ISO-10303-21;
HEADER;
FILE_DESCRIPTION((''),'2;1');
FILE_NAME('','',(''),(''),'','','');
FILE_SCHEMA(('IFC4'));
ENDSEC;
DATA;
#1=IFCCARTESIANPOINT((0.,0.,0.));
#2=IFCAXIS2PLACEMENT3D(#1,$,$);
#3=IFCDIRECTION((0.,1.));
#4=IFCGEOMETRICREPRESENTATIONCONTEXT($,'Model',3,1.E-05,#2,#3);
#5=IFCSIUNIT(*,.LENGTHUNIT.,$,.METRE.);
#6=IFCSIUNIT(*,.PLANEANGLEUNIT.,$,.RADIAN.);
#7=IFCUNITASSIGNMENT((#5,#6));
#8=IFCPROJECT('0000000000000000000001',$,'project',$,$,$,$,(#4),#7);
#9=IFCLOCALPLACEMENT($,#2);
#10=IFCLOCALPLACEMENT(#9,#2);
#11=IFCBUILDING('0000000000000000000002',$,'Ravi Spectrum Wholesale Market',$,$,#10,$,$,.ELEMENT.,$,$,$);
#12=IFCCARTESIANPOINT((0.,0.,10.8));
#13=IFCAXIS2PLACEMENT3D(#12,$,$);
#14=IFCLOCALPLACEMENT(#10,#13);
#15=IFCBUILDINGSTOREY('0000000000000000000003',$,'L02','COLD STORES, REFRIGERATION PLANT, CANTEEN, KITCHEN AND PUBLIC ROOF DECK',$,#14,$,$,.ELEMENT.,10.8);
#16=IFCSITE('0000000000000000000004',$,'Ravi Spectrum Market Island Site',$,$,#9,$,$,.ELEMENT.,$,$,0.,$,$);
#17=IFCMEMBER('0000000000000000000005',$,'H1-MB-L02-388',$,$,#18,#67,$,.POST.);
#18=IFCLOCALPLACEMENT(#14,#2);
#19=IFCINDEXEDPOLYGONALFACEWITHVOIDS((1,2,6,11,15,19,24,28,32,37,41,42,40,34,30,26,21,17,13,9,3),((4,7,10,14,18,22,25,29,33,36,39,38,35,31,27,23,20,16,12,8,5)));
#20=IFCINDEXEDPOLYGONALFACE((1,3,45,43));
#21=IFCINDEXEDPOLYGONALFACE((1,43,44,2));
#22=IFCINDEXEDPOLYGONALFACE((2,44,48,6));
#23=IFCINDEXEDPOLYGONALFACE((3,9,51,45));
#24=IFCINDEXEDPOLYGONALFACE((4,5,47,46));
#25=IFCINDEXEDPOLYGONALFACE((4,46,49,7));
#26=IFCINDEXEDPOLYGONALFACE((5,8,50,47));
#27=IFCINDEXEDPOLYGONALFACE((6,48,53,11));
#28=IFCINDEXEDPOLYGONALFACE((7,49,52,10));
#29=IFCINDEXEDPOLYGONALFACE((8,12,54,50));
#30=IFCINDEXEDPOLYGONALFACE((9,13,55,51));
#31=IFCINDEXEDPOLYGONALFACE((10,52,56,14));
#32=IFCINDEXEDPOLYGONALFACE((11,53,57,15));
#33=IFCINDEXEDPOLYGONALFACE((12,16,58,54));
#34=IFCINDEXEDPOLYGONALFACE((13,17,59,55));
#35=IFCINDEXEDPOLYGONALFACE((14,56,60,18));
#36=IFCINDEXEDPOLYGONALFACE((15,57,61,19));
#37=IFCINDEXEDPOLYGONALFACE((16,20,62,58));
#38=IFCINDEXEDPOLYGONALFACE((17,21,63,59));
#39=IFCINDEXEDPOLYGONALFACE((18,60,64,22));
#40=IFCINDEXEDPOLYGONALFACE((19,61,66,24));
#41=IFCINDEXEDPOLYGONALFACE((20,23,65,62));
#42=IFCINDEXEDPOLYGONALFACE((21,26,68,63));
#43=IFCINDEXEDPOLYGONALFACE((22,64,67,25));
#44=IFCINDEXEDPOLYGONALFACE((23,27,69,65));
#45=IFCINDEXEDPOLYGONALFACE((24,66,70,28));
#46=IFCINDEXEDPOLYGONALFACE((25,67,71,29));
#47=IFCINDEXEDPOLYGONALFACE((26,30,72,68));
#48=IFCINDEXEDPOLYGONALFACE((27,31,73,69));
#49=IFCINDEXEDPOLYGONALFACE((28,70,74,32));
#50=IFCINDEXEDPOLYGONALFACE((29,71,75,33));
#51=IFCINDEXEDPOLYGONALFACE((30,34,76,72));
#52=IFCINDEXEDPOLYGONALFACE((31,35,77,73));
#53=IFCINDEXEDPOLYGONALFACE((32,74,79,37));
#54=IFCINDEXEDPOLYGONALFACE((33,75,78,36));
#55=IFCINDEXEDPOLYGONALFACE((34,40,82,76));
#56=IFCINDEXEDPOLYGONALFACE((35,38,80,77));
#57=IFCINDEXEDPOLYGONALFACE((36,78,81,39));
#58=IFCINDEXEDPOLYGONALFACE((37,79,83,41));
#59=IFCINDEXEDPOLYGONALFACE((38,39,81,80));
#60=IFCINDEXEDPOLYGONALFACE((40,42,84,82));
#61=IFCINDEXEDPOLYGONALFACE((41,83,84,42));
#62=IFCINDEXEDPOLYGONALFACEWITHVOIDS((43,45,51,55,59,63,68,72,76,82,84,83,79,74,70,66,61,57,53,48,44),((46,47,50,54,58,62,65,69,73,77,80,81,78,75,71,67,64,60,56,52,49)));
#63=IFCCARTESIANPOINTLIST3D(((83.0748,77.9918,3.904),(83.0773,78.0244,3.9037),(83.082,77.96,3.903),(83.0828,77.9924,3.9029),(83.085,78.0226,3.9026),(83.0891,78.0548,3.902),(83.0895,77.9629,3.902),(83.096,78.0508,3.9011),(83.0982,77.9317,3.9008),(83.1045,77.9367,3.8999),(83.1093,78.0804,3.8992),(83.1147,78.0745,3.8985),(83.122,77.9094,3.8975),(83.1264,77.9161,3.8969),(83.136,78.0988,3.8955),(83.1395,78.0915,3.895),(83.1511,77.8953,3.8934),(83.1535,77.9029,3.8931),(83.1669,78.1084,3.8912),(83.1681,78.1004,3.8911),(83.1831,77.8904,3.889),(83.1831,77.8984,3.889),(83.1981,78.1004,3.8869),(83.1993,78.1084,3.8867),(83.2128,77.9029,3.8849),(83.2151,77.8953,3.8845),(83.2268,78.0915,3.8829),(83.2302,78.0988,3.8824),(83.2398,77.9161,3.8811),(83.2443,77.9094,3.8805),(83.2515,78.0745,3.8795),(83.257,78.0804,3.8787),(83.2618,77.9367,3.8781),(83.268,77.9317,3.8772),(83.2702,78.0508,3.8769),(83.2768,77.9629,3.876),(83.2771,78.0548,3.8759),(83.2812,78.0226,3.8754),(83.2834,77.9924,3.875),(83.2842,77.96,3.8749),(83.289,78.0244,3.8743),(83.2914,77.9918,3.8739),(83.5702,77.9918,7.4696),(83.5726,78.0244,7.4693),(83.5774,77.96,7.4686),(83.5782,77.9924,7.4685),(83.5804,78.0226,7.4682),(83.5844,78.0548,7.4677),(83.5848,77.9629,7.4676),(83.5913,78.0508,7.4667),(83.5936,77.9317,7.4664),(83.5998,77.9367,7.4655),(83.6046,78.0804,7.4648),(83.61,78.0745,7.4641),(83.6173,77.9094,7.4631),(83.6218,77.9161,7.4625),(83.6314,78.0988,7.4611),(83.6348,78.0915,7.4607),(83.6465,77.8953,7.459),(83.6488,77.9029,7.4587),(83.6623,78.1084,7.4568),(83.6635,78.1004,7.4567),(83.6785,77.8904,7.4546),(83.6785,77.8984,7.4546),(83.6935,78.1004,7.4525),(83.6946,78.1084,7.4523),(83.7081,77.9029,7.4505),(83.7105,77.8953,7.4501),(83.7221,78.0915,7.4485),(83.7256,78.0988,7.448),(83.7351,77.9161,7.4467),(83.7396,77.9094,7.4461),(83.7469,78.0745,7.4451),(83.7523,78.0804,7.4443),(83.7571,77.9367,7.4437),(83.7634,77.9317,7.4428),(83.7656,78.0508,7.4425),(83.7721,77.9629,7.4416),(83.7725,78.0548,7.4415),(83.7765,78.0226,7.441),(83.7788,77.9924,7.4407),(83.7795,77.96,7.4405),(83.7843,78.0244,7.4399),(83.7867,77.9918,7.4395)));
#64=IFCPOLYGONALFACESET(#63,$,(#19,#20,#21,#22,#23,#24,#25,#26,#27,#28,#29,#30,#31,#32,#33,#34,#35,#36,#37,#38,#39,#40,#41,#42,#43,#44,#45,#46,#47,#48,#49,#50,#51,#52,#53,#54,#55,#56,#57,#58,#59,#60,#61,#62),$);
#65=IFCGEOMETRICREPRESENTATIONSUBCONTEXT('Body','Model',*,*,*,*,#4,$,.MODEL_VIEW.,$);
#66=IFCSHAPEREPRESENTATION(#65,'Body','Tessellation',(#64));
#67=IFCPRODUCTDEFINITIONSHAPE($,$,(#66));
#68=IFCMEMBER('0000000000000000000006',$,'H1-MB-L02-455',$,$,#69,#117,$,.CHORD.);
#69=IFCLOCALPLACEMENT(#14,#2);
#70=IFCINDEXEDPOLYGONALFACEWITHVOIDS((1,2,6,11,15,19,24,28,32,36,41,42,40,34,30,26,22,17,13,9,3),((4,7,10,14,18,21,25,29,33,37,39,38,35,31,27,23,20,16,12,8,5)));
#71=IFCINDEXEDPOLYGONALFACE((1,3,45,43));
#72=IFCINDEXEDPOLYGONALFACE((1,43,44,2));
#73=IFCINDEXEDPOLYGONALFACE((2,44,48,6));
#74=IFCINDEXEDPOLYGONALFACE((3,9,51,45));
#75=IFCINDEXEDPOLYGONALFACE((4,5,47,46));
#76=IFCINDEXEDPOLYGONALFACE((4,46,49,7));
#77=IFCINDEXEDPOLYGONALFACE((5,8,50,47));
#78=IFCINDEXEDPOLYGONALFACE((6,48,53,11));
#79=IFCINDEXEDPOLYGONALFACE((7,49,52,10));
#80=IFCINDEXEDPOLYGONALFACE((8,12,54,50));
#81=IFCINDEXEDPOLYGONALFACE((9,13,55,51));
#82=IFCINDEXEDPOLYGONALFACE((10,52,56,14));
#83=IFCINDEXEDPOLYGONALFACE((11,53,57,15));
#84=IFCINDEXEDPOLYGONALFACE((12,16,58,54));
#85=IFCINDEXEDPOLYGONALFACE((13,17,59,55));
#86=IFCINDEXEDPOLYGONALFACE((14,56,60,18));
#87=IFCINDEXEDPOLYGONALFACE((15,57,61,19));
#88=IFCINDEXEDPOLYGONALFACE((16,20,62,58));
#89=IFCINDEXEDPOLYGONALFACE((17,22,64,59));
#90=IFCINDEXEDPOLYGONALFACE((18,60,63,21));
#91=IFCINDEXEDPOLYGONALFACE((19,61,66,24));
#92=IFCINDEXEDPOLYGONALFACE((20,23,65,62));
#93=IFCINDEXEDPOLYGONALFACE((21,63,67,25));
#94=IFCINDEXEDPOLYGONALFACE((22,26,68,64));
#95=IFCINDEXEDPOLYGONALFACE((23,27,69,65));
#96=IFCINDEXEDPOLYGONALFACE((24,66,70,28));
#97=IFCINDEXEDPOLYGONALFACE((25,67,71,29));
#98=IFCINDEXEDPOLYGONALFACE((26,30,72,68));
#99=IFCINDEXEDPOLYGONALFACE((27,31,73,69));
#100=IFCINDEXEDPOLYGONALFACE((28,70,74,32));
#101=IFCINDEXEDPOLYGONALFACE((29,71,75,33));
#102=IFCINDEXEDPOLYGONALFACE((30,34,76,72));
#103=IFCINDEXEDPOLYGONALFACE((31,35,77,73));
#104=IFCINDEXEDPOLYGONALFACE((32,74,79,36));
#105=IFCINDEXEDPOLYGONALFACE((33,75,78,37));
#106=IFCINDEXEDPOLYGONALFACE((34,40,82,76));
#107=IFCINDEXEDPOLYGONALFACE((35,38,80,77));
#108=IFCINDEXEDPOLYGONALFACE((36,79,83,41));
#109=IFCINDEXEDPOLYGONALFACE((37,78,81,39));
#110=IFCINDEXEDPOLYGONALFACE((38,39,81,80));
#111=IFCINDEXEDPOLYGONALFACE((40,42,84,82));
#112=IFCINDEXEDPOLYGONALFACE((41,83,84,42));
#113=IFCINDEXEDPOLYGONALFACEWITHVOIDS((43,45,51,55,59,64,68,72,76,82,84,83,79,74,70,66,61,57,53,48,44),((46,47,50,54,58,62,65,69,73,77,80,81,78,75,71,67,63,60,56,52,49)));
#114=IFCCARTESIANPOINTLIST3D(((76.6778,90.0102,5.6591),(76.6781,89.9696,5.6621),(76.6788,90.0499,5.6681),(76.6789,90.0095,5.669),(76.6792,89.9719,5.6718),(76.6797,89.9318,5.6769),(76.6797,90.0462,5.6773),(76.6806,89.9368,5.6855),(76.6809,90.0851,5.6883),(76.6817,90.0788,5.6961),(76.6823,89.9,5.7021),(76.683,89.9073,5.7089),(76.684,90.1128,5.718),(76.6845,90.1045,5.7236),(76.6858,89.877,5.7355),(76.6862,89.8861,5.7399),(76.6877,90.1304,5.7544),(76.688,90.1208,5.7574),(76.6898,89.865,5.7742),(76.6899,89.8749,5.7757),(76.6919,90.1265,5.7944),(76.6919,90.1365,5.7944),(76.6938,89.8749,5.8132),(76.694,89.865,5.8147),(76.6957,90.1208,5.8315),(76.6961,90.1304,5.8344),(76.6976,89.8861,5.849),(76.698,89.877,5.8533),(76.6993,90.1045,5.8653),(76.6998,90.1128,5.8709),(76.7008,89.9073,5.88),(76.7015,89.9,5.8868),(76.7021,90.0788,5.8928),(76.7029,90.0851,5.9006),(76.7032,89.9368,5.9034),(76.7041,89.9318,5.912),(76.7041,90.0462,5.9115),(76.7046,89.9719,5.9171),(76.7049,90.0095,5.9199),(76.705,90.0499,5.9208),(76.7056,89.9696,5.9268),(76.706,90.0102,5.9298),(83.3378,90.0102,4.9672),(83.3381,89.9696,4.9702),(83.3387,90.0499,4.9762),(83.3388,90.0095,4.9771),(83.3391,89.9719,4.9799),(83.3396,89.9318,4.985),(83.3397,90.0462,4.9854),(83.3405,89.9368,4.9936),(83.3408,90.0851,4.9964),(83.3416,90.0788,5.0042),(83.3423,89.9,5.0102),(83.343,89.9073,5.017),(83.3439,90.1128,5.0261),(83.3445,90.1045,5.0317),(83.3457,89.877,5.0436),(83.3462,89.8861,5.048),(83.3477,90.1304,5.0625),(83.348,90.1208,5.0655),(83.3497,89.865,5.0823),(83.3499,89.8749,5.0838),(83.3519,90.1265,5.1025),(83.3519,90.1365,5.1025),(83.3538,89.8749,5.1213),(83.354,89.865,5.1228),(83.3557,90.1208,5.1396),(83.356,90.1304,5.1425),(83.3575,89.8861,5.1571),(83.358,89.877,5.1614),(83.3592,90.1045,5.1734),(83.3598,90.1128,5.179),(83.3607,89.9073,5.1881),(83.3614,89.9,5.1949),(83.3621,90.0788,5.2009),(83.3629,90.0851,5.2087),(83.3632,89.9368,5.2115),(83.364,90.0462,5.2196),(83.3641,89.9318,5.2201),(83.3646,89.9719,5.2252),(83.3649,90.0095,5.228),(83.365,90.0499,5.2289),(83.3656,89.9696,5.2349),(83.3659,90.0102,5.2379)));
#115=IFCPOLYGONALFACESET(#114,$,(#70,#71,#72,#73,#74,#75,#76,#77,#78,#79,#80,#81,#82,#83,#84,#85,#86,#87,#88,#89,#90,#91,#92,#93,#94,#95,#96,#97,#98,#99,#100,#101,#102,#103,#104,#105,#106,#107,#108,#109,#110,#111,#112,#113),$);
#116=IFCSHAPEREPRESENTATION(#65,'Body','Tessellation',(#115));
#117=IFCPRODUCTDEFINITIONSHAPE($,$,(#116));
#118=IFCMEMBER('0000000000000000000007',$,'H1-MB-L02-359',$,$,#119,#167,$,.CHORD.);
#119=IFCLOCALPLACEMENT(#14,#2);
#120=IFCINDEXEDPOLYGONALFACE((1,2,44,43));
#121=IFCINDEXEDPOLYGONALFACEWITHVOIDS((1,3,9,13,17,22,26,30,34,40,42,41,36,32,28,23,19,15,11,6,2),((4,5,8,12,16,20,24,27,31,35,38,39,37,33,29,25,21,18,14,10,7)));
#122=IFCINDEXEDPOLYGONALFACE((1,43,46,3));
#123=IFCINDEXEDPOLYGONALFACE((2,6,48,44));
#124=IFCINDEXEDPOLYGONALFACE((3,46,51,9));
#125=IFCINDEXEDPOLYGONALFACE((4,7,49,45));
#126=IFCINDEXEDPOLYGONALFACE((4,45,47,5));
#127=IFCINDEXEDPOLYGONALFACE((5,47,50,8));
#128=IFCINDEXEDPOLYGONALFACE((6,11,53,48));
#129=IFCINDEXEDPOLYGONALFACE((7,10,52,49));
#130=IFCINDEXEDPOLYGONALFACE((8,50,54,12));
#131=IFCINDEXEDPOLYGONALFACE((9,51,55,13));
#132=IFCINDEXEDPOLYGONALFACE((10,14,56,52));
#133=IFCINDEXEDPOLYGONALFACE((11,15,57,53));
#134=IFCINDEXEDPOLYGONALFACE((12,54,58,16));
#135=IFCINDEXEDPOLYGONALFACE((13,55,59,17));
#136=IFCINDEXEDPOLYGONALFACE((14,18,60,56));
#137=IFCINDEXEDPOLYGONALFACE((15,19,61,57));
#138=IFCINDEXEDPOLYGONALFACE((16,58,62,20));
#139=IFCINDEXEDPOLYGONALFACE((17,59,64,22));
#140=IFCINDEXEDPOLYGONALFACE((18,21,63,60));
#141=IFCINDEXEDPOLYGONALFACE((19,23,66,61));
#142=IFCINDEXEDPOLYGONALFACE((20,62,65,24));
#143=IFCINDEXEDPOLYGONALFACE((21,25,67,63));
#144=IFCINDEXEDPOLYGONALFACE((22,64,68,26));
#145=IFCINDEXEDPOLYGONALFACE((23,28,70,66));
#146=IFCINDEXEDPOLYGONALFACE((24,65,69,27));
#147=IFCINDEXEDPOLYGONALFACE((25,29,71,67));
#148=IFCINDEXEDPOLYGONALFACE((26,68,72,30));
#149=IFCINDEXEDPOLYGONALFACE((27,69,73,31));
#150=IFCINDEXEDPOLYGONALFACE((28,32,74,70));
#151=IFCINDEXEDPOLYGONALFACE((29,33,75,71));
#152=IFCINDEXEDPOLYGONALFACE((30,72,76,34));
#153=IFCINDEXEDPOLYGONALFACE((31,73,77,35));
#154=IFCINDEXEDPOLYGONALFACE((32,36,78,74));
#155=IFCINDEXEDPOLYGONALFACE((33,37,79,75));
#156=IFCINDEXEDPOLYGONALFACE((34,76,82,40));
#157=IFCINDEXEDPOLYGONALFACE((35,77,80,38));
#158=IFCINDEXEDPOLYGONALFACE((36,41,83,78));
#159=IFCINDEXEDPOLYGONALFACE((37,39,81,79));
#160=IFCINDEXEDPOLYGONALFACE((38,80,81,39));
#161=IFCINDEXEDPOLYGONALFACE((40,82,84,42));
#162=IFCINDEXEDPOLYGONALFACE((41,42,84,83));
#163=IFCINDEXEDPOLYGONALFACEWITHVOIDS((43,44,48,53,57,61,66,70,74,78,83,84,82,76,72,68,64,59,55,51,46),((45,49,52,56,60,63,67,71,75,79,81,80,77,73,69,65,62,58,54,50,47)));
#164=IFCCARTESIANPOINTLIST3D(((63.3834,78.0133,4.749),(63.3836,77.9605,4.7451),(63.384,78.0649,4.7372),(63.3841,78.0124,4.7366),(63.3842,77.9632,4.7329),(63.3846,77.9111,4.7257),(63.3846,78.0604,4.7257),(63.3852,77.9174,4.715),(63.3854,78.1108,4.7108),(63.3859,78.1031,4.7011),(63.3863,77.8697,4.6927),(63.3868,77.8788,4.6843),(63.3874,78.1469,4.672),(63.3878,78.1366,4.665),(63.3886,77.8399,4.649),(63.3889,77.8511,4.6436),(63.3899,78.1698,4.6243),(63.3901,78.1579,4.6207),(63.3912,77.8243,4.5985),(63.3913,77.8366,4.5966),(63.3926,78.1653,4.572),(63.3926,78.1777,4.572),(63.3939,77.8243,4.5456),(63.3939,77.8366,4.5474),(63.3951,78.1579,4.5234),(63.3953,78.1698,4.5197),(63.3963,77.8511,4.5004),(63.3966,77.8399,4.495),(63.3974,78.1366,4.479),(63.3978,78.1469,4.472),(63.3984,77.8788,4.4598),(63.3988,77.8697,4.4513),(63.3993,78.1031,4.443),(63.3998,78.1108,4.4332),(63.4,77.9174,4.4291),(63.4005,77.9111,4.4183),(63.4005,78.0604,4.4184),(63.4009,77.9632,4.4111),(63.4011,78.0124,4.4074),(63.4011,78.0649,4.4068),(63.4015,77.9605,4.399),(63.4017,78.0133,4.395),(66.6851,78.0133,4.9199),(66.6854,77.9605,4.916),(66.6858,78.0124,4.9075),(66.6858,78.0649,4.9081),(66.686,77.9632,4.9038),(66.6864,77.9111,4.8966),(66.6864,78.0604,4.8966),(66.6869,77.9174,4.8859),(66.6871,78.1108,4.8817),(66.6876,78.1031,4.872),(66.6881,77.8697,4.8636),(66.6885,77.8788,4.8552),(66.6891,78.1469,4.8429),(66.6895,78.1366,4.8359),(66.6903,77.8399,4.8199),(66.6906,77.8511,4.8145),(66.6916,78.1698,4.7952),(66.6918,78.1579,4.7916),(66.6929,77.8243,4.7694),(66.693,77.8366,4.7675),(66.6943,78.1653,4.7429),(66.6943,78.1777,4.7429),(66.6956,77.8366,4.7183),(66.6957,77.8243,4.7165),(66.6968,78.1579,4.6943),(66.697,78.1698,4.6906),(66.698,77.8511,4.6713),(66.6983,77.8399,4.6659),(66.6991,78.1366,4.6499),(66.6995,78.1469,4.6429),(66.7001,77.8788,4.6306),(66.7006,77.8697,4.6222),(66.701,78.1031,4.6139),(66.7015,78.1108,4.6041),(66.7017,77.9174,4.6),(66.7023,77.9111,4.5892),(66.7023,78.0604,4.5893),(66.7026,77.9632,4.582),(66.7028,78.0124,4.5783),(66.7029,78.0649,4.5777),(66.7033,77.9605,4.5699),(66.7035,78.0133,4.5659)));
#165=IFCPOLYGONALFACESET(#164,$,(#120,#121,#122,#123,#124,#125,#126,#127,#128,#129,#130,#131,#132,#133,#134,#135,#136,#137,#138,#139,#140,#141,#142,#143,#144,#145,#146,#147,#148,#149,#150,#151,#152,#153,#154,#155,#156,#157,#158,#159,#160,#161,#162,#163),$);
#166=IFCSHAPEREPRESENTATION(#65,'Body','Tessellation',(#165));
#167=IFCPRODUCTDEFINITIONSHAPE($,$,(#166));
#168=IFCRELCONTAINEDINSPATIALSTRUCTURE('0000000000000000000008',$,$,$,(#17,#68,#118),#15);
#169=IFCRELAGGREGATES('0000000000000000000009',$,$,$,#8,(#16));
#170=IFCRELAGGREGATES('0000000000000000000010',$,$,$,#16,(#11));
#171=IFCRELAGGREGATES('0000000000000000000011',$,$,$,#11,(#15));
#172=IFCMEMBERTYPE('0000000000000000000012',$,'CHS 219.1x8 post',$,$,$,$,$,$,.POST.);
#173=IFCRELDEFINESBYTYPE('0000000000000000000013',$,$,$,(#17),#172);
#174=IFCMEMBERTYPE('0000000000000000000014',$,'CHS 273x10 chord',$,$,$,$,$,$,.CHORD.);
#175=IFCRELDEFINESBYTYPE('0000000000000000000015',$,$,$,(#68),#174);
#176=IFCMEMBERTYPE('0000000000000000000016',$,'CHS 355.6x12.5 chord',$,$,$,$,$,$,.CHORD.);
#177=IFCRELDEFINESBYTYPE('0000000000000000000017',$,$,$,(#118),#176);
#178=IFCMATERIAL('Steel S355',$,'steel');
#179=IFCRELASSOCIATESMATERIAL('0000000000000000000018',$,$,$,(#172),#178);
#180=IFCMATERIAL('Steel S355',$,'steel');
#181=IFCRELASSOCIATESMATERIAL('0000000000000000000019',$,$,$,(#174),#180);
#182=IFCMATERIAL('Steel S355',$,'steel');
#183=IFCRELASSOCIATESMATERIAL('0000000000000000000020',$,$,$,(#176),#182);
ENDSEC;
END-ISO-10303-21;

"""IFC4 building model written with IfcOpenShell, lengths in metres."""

from ifc_helpers import new_model, si_unit, direction, frame, origin, origin_2d, place, context, subcontext, project, spatial, hollow_circle, extrude, material, material_profile, profile_set, type_object, element, save


model = new_model("IFC4")

# Units and contexts
model_context = context("Model", 3, precision=1e-05, world=origin(), true_north=direction((0.0, 1.0)))
body_context = subcontext(model_context, "Body", "Model", "MODEL_VIEW")
ifc_project = project(units=[si_unit("LENGTHUNIT", "METRE"), si_unit("PLANEANGLEUNIT", "RADIAN")], contexts=[model_context])

# Site, building, storey
site_placement = place(None, origin())
site = spatial("IfcSite", under=ifc_project, at=site_placement, Name="Ravi Spectrum Market Island Site", CompositionType="ELEMENT", RefElevation=0.0)
building_placement = place(site_placement, origin())
building = spatial("IfcBuilding", under=site, at=building_placement, Name="Ravi Spectrum Wholesale Market", CompositionType="ELEMENT")
storey_placement = place(building_placement, frame((0.0, 0.0, 10.8)))
storey = spatial("IfcBuildingStorey", under=building, at=storey_placement, Name="L02", Description="COLD STORES, REFRIGERATION PLANT, CANTEEN, KITCHEN AND PUBLIC ROOF DECK", CompositionType="ELEMENT", Elevation=10.8)

# Members
ifc_material_1 = material(Name="Steel S355", Category="steel")
ifc_material_profile_1 = material_profile(ifc_material_1, hollow_circle(Radius=0.1096, WallThickness=0.0081, at=origin_2d()))
ifc_profile_set_1 = profile_set([ifc_material_profile_1], Name="Steel S355")
member_type_1 = type_object("IfcMemberType", Name="CHS 219.1x8 post", PredefinedType="POST", material=ifc_profile_set_1)
member_1_placement = place(storey_placement, frame((83.6785, 78.0, 7.4546), z_axis=(-0.137603, 0.0, -0.990487), x_axis=(0.0, -1.0, 0.0)))
element("IfcMember", 1, at=member_1_placement, inside=storey, type_object=member_type_1, Name="H1-MB-L02-388", PredefinedType="POST", context=body_context, shape_type="SweptSolid", body=[
    extrude(hollow_circle(Radius=0.1096, WallThickness=0.0081, at=origin_2d()), origin(), (0.0, 0.0, 1.0), 3.5999),
])
ifc_material_2 = material(Name="Steel S355", Category="steel")
ifc_material_profile_2 = material_profile(ifc_material_2, hollow_circle(Radius=0.1365, WallThickness=0.01, at=origin_2d()))
ifc_profile_set_2 = profile_set([ifc_material_profile_2], Name="Steel S355")
member_type_2 = type_object("IfcMemberType", Name="CHS 273x10 chord", PredefinedType="CHORD", material=ifc_profile_set_2)
member_2_placement = place(storey_placement, frame((76.6919, 90.0, 5.7944), z_axis=(0.994647, 0.0, -0.103333), x_axis=(0.0, 1.0, 0.0)))
element("IfcMember", 2, at=member_2_placement, inside=storey, type_object=member_type_2, Name="H1-MB-L02-455", PredefinedType="CHORD", context=body_context, shape_type="SweptSolid", body=[
    extrude(hollow_circle(Radius=0.1365, WallThickness=0.01, at=origin_2d()), origin(), (0.0, 0.0, 1.0), 6.6958),
])
ifc_material_3 = material(Name="Steel S355", Category="steel")
ifc_material_profile_3 = material_profile(ifc_material_3, hollow_circle(Radius=0.1777, WallThickness=0.0125, at=origin_2d()))
ifc_profile_set_3 = profile_set([ifc_material_profile_3], Name="Steel S355")
member_type_3 = type_object("IfcMemberType", Name="CHS 355.6x12.5 chord", PredefinedType="CHORD", material=ifc_profile_set_3)
for number, where, z_axis, x_axis, name in (
    (3, (63.3926, 78.0, 4.572), (0.998663, 0.0, 0.051691), (0.0, 1.0, 0.0), "H1-MB-L02-359"),
):
    element("IfcMember", number, at=place(storey_placement, frame(where, z_axis=z_axis, x_axis=x_axis)), inside=storey, type_object=member_type_3, Name=name, PredefinedType="CHORD", context=body_context, shape_type="SweptSolid", body=[
        extrude(hollow_circle(Radius=0.1777, WallThickness=0.0125, at=origin_2d()), origin(), (0.0, 0.0, 1.0), 3.3062),
    ])

save(model, "model.ifc")
